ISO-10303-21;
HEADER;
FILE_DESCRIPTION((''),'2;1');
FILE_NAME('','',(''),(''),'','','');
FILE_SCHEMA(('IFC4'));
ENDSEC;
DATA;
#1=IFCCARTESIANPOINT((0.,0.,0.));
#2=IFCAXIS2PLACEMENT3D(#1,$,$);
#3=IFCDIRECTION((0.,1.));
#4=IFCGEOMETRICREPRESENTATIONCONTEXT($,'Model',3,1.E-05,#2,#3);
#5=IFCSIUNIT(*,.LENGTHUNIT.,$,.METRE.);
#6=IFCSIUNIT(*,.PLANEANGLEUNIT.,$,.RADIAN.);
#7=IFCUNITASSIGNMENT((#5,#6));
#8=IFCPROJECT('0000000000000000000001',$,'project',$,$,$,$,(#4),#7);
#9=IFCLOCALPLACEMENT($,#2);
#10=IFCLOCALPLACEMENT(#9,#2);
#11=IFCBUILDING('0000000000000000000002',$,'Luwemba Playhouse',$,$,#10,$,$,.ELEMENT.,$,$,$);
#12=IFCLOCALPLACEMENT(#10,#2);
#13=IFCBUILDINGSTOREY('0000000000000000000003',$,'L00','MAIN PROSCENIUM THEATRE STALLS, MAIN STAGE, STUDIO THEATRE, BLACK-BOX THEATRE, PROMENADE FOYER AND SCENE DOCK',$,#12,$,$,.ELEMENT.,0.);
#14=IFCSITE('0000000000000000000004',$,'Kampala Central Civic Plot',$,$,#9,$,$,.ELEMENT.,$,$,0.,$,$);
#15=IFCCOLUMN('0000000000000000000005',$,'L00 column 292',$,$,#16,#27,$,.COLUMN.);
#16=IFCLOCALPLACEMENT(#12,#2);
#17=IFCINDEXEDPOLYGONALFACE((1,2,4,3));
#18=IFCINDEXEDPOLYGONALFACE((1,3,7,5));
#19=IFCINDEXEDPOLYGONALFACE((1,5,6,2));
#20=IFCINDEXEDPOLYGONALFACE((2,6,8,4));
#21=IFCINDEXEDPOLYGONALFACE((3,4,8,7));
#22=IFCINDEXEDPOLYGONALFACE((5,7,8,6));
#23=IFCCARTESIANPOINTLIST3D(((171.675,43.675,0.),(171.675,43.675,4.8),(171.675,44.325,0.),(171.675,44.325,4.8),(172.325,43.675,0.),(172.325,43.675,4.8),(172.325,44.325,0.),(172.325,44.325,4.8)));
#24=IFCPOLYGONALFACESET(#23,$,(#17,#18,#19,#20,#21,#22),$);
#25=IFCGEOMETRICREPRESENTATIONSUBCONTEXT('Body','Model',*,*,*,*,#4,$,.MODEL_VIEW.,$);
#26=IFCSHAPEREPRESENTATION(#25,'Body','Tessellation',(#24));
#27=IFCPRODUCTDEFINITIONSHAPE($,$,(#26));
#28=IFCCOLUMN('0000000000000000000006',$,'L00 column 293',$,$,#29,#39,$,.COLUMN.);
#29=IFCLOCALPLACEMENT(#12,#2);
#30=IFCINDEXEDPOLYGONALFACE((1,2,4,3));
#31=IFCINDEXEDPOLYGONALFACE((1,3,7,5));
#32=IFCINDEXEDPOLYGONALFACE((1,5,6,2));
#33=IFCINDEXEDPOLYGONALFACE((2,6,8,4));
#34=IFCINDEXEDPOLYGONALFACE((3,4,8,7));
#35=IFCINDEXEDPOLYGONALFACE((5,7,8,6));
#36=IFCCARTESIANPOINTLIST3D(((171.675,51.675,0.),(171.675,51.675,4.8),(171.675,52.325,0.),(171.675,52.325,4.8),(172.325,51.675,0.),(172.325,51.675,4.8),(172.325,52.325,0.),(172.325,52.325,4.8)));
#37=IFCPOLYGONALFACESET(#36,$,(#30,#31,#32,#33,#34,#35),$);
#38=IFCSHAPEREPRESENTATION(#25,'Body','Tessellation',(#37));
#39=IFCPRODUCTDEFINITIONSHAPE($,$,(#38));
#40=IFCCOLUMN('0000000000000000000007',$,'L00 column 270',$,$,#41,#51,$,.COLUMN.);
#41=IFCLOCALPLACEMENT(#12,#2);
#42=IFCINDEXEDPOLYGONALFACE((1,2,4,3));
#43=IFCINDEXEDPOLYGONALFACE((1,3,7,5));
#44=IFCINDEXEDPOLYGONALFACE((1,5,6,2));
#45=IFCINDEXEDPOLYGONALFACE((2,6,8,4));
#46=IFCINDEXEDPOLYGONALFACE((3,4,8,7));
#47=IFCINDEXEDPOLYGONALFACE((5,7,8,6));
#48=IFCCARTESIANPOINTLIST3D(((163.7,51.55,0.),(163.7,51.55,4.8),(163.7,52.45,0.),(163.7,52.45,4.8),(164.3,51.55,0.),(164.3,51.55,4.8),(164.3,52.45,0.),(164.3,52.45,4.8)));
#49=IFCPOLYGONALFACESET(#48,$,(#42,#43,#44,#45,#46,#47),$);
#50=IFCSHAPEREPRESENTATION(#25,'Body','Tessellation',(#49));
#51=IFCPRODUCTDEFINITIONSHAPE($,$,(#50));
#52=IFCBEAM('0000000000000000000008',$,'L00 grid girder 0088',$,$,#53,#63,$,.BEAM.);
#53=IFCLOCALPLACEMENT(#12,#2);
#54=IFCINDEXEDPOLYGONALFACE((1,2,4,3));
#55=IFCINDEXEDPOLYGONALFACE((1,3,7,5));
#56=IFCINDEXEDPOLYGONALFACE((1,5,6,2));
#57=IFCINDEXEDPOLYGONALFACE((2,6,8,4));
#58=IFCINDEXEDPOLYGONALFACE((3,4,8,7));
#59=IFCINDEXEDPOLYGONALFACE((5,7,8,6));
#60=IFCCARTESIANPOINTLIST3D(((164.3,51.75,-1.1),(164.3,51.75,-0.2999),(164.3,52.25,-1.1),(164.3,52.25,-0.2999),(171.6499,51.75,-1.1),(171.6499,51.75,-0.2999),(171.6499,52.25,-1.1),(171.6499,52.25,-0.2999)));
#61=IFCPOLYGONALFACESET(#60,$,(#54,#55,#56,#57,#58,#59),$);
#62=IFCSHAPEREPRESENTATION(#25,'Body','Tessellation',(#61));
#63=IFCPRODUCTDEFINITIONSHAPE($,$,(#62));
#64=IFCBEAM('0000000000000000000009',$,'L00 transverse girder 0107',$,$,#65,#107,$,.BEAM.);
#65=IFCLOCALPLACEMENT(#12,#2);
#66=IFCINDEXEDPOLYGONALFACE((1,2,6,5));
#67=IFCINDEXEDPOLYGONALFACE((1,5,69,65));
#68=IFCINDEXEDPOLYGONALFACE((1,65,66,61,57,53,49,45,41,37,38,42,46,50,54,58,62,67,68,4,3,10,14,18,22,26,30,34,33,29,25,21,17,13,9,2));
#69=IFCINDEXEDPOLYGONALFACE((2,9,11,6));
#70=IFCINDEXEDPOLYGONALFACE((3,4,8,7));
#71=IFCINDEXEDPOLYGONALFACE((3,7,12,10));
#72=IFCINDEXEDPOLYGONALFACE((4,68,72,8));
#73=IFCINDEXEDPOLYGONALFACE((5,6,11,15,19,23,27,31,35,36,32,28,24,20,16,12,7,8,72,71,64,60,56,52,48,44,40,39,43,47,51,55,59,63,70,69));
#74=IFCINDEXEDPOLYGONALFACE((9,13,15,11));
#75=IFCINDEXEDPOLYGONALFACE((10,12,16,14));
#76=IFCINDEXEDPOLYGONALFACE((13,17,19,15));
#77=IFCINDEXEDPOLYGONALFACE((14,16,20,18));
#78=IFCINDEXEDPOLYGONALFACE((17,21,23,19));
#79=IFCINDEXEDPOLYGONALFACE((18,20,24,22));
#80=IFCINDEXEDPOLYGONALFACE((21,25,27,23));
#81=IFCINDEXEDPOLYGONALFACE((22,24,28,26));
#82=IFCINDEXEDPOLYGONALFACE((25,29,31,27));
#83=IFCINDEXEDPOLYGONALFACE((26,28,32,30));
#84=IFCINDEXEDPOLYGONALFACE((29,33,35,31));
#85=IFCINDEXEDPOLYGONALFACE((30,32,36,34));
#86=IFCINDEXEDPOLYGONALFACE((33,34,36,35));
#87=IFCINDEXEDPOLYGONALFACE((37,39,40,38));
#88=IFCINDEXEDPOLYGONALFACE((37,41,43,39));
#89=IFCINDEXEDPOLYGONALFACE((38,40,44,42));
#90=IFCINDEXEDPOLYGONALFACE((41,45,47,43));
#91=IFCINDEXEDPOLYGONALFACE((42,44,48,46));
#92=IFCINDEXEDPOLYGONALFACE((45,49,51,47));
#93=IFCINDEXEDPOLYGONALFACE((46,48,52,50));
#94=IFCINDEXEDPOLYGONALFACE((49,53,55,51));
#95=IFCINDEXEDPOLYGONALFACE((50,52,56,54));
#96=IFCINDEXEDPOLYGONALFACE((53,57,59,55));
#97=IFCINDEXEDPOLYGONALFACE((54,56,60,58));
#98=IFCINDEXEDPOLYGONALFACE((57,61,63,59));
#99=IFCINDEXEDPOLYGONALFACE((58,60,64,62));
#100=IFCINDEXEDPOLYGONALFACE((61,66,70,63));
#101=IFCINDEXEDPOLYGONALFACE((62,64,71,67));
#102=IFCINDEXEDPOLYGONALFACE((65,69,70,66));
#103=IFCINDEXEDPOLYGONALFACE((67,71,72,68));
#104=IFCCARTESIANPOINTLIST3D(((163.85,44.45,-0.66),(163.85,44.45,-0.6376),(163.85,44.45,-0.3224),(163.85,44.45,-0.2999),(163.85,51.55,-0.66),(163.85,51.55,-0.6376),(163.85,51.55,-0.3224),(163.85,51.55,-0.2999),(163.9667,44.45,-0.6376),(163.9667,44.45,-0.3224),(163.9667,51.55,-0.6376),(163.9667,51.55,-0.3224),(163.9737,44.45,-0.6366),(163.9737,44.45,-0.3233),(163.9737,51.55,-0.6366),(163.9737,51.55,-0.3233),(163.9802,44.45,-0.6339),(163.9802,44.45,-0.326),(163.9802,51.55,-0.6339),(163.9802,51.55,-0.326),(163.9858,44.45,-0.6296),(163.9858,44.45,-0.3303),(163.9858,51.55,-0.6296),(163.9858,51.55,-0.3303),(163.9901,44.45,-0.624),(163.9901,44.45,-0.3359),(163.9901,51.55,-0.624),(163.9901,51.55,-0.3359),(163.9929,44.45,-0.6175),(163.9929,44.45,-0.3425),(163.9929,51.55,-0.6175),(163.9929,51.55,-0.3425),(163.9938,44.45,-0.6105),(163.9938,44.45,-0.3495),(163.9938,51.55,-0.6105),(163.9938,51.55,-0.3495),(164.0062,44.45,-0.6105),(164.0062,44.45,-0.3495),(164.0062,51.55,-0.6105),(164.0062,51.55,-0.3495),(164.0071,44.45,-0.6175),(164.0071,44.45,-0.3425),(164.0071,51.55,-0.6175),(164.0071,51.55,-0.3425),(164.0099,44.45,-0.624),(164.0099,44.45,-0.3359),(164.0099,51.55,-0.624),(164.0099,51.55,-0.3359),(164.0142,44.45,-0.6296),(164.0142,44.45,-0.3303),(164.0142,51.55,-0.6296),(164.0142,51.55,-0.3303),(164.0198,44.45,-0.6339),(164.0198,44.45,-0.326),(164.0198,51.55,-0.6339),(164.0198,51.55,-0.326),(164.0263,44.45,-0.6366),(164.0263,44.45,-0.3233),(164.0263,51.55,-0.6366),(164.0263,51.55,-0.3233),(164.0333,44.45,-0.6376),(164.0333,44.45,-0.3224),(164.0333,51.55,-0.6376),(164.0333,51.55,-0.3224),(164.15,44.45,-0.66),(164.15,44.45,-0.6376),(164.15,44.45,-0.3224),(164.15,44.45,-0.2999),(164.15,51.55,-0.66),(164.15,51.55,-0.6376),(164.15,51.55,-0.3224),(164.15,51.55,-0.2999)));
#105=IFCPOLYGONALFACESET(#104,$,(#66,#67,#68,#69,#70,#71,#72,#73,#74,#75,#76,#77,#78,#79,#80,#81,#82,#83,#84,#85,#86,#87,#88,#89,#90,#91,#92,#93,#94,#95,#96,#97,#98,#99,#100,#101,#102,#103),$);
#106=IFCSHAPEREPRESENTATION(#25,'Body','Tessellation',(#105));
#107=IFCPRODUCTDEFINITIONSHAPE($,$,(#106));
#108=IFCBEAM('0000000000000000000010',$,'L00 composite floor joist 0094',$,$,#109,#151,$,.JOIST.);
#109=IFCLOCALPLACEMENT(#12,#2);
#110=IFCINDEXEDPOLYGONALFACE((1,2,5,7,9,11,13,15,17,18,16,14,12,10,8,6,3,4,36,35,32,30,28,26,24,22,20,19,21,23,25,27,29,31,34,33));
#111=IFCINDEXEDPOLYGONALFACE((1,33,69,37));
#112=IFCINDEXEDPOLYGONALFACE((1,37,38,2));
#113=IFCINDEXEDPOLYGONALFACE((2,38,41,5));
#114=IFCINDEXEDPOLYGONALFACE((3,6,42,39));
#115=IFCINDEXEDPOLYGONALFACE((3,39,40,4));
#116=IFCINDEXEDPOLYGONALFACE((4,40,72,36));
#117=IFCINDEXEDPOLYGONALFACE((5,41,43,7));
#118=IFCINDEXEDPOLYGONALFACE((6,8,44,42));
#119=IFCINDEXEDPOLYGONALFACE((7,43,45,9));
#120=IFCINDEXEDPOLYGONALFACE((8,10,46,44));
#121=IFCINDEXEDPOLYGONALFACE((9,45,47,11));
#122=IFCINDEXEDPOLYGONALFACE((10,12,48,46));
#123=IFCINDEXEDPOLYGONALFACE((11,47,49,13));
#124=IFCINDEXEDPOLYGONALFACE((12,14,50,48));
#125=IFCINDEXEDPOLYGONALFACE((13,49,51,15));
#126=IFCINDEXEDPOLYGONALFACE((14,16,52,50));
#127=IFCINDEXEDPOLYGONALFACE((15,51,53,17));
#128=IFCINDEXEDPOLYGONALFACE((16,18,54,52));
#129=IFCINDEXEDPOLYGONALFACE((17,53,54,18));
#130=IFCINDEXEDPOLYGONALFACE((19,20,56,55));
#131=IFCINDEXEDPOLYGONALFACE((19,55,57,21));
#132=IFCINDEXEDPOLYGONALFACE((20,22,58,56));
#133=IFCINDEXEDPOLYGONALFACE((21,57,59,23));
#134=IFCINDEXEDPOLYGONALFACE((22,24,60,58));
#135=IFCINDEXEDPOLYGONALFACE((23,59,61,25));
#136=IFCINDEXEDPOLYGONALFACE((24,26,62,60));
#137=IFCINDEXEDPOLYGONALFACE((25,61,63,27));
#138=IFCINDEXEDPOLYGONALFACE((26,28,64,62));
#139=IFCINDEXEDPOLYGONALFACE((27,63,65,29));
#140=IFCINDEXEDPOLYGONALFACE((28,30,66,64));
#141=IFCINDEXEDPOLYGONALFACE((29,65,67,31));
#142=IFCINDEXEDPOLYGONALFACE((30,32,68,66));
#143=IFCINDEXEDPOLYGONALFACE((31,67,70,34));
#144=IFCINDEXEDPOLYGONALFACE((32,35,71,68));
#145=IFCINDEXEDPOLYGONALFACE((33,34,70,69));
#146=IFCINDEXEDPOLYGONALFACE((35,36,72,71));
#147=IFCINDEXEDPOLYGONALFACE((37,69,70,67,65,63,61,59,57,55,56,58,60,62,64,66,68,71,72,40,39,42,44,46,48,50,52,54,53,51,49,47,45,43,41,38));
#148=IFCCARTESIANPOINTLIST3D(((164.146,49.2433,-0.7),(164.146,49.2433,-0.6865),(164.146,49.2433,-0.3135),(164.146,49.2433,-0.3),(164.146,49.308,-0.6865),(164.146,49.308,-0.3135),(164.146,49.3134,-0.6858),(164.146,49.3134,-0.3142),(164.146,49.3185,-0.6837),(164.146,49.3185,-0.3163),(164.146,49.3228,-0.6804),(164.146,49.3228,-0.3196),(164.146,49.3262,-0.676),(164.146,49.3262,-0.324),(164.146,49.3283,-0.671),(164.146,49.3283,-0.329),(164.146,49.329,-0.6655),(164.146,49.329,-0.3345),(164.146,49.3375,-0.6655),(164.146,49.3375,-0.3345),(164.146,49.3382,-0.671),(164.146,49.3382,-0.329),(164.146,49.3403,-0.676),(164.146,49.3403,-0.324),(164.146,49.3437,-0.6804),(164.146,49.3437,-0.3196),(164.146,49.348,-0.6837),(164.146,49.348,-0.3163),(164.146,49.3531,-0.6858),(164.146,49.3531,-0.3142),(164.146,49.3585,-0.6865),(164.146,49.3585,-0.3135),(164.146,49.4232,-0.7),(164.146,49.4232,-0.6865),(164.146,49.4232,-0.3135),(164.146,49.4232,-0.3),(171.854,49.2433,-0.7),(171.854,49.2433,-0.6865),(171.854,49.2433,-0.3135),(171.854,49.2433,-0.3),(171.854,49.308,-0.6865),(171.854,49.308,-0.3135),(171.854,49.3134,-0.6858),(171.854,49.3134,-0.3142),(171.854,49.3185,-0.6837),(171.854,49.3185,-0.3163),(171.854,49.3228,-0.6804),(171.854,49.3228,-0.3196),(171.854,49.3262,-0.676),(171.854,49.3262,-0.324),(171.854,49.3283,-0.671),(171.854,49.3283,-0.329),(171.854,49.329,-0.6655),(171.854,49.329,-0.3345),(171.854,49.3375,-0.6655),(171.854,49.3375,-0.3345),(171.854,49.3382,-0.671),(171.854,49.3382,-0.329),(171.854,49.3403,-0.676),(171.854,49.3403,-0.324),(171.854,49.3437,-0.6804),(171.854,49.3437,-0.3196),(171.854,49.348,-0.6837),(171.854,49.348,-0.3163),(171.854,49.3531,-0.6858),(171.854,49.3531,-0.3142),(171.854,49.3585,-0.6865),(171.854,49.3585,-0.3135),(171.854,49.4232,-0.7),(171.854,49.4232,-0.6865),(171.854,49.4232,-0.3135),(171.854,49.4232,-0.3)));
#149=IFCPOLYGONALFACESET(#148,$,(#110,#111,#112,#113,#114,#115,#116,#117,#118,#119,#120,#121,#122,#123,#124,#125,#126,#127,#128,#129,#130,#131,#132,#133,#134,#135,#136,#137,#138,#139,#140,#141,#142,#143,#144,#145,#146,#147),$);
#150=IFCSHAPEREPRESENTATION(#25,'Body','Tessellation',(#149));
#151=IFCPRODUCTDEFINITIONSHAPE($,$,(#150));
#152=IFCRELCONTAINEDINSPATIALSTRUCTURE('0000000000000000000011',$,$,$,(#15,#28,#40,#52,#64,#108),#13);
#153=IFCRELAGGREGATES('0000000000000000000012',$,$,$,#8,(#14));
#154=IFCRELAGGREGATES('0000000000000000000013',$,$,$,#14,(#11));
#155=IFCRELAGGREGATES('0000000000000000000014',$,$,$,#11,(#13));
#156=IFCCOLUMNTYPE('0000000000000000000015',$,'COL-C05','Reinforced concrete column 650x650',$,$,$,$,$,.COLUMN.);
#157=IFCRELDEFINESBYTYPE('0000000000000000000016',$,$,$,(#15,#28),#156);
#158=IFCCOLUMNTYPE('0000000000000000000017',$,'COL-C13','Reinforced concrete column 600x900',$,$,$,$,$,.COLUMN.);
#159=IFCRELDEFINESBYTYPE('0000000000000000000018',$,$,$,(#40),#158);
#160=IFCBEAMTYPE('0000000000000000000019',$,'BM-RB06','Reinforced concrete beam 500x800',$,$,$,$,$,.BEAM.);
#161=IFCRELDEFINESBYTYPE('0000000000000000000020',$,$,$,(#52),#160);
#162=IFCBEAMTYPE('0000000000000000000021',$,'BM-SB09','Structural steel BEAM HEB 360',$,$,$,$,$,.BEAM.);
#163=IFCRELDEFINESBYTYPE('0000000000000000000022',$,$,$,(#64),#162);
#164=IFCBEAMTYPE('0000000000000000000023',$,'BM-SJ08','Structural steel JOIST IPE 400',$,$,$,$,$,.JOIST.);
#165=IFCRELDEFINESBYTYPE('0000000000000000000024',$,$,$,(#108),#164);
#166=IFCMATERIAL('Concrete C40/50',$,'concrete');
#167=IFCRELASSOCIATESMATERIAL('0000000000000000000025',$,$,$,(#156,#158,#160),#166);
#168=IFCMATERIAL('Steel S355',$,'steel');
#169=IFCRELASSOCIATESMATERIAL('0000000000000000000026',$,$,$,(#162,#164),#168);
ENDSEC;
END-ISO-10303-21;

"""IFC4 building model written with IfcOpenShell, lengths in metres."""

from ifc_helpers import new_model, si_unit, direction, frame, origin, origin_2d, place, context, subcontext, project, spatial, rectangle, i_section, extrude, material, material_profile, profile_set, type_object, element, save


model = new_model("IFC4")

# Units and contexts
model_context = context("Model", 3, precision=1e-05, world=origin(), true_north=direction((0.0, 1.0)))
body_context = subcontext(model_context, "Body", "Model", "MODEL_VIEW")
ifc_project = project(units=[si_unit("LENGTHUNIT", "METRE"), si_unit("PLANEANGLEUNIT", "RADIAN")], contexts=[model_context])

# Site, building, storey
site_placement = place(None, origin())
site = spatial("IfcSite", under=ifc_project, at=site_placement, Name="Kampala Central Civic Plot", CompositionType="ELEMENT", RefElevation=0.0)
building_placement = place(site_placement, origin())
building = spatial("IfcBuilding", under=site, at=building_placement, Name="Luwemba Playhouse", CompositionType="ELEMENT")
storey_placement = place(building_placement, origin())
storey = spatial("IfcBuildingStorey", under=building, at=storey_placement, Name="L00", Description="MAIN PROSCENIUM THEATRE STALLS, MAIN STAGE, STUDIO THEATRE, BLACK-BOX THEATRE, PROMENADE FOYER AND SCENE DOCK", CompositionType="ELEMENT", Elevation=0.0)

# Columns
ifc_material_1 = material(Name="Concrete C40/50", Category="concrete")
ifc_material_profile_1 = material_profile(ifc_material_1, rectangle(XDim=0.6499, YDim=0.6499, at=origin_2d()))
ifc_profile_set_1 = profile_set([ifc_material_profile_1], Name="Concrete C40/50")
column_type_1 = type_object("IfcColumnType", Name="COL-C05", Description="Reinforced concrete column 650x650", PredefinedType="COLUMN", material=ifc_profile_set_1)
for number, where, z_axis, x_axis, name in (
    (1, (172.0, 44.0, 0.0), (0.0, 0.0, 1.0), (1.0, 0.0, 0.0), "L00 column 292"),
    (2, (172.0, 52.0, 0.0), (0.0, 0.0, 1.0), (1.0, 0.0, 0.0), "L00 column 293"),
):
    element("IfcColumn", number, at=place(storey_placement, frame(where, z_axis=z_axis, x_axis=x_axis)), inside=storey, type_object=column_type_1, Name=name, PredefinedType="COLUMN", context=body_context, shape_type="SweptSolid", body=[
        extrude(rectangle(XDim=0.6499, YDim=0.6499, at=origin_2d()), origin(), (0.0, 0.0, 1.0), 4.8),
    ])
ifc_material_profile_2 = material_profile(ifc_material_1, rectangle(XDim=0.6001, YDim=0.8999, at=origin_2d()))
ifc_profile_set_2 = profile_set([ifc_material_profile_2], Name="Concrete C40/50")
column_type_2 = type_object("IfcColumnType", Name="COL-C13", Description="Reinforced concrete column 600x900", PredefinedType="COLUMN", material=ifc_profile_set_2)
column_placement = place(storey_placement, frame((164.0, 52.0, 0.0), z_axis=(0.0, 0.0, 1.0), x_axis=(1.0, 0.0, 0.0)))
element("IfcColumn", 3, at=column_placement, inside=storey, type_object=column_type_2, Name="L00 column 270", PredefinedType="COLUMN", context=body_context, shape_type="SweptSolid", body=[
    extrude(rectangle(XDim=0.6001, YDim=0.8999, at=origin_2d()), origin(), (0.0, 0.0, 1.0), 4.8),
])

# Beams
ifc_material_profile_3 = material_profile(ifc_material_1, rectangle(XDim=0.5, YDim=0.8, at=origin_2d()))
ifc_profile_set_3 = profile_set([ifc_material_profile_3], Name="Concrete C40/50")
beam_type_1 = type_object("IfcBeamType", Name="BM-RB06", Description="Reinforced concrete beam 500x800", PredefinedType="BEAM", material=ifc_profile_set_3)
beam_1_placement = place(storey_placement, frame((164.3, 52.0, -0.7), z_axis=(1.0, 0.0, 0.0), x_axis=(0.0, 1.0, 0.0)))
element("IfcBeam", 4, at=beam_1_placement, inside=storey, type_object=beam_type_1, Name="L00 grid girder 0088", PredefinedType="BEAM", context=body_context, shape_type="SweptSolid", body=[
    extrude(rectangle(XDim=0.5, YDim=0.8, at=origin_2d()), origin(), (0.0, 0.0, 1.0), 7.3499),
])
ifc_material_2 = material(Name="Steel S355", Category="steel")
ifc_material_profile_4 = material_profile(ifc_material_2, i_section(OverallWidth=0.3, OverallDepth=0.3601, WebThickness=0.0125, FlangeThickness=0.0225, FilletRadius=0.0271, at=origin_2d()))
ifc_profile_set_4 = profile_set([ifc_material_profile_4], Name="Steel S355")
beam_type_2 = type_object("IfcBeamType", Name="BM-SB09", Description="Structural steel BEAM HEB 360", PredefinedType="BEAM", material=ifc_profile_set_4)
beam_2_placement = place(storey_placement, frame((164.0, 44.45, -0.48), z_axis=(0.0, 1.0, 0.0), x_axis=(-1.0, 0.0, 0.0)))
element("IfcBeam", 5, at=beam_2_placement, inside=storey, type_object=beam_type_2, Name="L00 transverse girder 0107", PredefinedType="BEAM", context=body_context, shape_type="SweptSolid", body=[
    extrude(i_section(OverallWidth=0.3, OverallDepth=0.3601, WebThickness=0.0125, FlangeThickness=0.0225, FilletRadius=0.0271, at=origin_2d()), origin(), (0.0, 0.0, 1.0), 7.1001),
])
ifc_material_profile_5 = material_profile(ifc_material_2, i_section(OverallWidth=0.1799, OverallDepth=0.3999, WebThickness=0.0085, FlangeThickness=0.0134, FilletRadius=0.021, at=origin_2d()))
ifc_profile_set_5 = profile_set([ifc_material_profile_5], Name="Steel S355")
beam_type_3 = type_object("IfcBeamType", Name="BM-SJ08", Description="Structural steel JOIST IPE 400", PredefinedType="JOIST", material=ifc_profile_set_5)
beam_3_placement = place(storey_placement, frame((164.146, 49.3333, -0.5), z_axis=(1.0, 0.0, 0.0), x_axis=(0.0, 1.0, 0.0)))
element("IfcBeam", 6, at=beam_3_placement, inside=storey, type_object=beam_type_3, Name="L00 composite floor joist 0094", PredefinedType="JOIST", context=body_context, shape_type="SweptSolid", body=[
    extrude(i_section(OverallWidth=0.1799, OverallDepth=0.3999, WebThickness=0.0085, FlangeThickness=0.0134, FilletRadius=0.021, at=origin_2d()), origin(), (0.0, 0.0, 1.0), 7.708),
])

save(model, "model.ifc")
